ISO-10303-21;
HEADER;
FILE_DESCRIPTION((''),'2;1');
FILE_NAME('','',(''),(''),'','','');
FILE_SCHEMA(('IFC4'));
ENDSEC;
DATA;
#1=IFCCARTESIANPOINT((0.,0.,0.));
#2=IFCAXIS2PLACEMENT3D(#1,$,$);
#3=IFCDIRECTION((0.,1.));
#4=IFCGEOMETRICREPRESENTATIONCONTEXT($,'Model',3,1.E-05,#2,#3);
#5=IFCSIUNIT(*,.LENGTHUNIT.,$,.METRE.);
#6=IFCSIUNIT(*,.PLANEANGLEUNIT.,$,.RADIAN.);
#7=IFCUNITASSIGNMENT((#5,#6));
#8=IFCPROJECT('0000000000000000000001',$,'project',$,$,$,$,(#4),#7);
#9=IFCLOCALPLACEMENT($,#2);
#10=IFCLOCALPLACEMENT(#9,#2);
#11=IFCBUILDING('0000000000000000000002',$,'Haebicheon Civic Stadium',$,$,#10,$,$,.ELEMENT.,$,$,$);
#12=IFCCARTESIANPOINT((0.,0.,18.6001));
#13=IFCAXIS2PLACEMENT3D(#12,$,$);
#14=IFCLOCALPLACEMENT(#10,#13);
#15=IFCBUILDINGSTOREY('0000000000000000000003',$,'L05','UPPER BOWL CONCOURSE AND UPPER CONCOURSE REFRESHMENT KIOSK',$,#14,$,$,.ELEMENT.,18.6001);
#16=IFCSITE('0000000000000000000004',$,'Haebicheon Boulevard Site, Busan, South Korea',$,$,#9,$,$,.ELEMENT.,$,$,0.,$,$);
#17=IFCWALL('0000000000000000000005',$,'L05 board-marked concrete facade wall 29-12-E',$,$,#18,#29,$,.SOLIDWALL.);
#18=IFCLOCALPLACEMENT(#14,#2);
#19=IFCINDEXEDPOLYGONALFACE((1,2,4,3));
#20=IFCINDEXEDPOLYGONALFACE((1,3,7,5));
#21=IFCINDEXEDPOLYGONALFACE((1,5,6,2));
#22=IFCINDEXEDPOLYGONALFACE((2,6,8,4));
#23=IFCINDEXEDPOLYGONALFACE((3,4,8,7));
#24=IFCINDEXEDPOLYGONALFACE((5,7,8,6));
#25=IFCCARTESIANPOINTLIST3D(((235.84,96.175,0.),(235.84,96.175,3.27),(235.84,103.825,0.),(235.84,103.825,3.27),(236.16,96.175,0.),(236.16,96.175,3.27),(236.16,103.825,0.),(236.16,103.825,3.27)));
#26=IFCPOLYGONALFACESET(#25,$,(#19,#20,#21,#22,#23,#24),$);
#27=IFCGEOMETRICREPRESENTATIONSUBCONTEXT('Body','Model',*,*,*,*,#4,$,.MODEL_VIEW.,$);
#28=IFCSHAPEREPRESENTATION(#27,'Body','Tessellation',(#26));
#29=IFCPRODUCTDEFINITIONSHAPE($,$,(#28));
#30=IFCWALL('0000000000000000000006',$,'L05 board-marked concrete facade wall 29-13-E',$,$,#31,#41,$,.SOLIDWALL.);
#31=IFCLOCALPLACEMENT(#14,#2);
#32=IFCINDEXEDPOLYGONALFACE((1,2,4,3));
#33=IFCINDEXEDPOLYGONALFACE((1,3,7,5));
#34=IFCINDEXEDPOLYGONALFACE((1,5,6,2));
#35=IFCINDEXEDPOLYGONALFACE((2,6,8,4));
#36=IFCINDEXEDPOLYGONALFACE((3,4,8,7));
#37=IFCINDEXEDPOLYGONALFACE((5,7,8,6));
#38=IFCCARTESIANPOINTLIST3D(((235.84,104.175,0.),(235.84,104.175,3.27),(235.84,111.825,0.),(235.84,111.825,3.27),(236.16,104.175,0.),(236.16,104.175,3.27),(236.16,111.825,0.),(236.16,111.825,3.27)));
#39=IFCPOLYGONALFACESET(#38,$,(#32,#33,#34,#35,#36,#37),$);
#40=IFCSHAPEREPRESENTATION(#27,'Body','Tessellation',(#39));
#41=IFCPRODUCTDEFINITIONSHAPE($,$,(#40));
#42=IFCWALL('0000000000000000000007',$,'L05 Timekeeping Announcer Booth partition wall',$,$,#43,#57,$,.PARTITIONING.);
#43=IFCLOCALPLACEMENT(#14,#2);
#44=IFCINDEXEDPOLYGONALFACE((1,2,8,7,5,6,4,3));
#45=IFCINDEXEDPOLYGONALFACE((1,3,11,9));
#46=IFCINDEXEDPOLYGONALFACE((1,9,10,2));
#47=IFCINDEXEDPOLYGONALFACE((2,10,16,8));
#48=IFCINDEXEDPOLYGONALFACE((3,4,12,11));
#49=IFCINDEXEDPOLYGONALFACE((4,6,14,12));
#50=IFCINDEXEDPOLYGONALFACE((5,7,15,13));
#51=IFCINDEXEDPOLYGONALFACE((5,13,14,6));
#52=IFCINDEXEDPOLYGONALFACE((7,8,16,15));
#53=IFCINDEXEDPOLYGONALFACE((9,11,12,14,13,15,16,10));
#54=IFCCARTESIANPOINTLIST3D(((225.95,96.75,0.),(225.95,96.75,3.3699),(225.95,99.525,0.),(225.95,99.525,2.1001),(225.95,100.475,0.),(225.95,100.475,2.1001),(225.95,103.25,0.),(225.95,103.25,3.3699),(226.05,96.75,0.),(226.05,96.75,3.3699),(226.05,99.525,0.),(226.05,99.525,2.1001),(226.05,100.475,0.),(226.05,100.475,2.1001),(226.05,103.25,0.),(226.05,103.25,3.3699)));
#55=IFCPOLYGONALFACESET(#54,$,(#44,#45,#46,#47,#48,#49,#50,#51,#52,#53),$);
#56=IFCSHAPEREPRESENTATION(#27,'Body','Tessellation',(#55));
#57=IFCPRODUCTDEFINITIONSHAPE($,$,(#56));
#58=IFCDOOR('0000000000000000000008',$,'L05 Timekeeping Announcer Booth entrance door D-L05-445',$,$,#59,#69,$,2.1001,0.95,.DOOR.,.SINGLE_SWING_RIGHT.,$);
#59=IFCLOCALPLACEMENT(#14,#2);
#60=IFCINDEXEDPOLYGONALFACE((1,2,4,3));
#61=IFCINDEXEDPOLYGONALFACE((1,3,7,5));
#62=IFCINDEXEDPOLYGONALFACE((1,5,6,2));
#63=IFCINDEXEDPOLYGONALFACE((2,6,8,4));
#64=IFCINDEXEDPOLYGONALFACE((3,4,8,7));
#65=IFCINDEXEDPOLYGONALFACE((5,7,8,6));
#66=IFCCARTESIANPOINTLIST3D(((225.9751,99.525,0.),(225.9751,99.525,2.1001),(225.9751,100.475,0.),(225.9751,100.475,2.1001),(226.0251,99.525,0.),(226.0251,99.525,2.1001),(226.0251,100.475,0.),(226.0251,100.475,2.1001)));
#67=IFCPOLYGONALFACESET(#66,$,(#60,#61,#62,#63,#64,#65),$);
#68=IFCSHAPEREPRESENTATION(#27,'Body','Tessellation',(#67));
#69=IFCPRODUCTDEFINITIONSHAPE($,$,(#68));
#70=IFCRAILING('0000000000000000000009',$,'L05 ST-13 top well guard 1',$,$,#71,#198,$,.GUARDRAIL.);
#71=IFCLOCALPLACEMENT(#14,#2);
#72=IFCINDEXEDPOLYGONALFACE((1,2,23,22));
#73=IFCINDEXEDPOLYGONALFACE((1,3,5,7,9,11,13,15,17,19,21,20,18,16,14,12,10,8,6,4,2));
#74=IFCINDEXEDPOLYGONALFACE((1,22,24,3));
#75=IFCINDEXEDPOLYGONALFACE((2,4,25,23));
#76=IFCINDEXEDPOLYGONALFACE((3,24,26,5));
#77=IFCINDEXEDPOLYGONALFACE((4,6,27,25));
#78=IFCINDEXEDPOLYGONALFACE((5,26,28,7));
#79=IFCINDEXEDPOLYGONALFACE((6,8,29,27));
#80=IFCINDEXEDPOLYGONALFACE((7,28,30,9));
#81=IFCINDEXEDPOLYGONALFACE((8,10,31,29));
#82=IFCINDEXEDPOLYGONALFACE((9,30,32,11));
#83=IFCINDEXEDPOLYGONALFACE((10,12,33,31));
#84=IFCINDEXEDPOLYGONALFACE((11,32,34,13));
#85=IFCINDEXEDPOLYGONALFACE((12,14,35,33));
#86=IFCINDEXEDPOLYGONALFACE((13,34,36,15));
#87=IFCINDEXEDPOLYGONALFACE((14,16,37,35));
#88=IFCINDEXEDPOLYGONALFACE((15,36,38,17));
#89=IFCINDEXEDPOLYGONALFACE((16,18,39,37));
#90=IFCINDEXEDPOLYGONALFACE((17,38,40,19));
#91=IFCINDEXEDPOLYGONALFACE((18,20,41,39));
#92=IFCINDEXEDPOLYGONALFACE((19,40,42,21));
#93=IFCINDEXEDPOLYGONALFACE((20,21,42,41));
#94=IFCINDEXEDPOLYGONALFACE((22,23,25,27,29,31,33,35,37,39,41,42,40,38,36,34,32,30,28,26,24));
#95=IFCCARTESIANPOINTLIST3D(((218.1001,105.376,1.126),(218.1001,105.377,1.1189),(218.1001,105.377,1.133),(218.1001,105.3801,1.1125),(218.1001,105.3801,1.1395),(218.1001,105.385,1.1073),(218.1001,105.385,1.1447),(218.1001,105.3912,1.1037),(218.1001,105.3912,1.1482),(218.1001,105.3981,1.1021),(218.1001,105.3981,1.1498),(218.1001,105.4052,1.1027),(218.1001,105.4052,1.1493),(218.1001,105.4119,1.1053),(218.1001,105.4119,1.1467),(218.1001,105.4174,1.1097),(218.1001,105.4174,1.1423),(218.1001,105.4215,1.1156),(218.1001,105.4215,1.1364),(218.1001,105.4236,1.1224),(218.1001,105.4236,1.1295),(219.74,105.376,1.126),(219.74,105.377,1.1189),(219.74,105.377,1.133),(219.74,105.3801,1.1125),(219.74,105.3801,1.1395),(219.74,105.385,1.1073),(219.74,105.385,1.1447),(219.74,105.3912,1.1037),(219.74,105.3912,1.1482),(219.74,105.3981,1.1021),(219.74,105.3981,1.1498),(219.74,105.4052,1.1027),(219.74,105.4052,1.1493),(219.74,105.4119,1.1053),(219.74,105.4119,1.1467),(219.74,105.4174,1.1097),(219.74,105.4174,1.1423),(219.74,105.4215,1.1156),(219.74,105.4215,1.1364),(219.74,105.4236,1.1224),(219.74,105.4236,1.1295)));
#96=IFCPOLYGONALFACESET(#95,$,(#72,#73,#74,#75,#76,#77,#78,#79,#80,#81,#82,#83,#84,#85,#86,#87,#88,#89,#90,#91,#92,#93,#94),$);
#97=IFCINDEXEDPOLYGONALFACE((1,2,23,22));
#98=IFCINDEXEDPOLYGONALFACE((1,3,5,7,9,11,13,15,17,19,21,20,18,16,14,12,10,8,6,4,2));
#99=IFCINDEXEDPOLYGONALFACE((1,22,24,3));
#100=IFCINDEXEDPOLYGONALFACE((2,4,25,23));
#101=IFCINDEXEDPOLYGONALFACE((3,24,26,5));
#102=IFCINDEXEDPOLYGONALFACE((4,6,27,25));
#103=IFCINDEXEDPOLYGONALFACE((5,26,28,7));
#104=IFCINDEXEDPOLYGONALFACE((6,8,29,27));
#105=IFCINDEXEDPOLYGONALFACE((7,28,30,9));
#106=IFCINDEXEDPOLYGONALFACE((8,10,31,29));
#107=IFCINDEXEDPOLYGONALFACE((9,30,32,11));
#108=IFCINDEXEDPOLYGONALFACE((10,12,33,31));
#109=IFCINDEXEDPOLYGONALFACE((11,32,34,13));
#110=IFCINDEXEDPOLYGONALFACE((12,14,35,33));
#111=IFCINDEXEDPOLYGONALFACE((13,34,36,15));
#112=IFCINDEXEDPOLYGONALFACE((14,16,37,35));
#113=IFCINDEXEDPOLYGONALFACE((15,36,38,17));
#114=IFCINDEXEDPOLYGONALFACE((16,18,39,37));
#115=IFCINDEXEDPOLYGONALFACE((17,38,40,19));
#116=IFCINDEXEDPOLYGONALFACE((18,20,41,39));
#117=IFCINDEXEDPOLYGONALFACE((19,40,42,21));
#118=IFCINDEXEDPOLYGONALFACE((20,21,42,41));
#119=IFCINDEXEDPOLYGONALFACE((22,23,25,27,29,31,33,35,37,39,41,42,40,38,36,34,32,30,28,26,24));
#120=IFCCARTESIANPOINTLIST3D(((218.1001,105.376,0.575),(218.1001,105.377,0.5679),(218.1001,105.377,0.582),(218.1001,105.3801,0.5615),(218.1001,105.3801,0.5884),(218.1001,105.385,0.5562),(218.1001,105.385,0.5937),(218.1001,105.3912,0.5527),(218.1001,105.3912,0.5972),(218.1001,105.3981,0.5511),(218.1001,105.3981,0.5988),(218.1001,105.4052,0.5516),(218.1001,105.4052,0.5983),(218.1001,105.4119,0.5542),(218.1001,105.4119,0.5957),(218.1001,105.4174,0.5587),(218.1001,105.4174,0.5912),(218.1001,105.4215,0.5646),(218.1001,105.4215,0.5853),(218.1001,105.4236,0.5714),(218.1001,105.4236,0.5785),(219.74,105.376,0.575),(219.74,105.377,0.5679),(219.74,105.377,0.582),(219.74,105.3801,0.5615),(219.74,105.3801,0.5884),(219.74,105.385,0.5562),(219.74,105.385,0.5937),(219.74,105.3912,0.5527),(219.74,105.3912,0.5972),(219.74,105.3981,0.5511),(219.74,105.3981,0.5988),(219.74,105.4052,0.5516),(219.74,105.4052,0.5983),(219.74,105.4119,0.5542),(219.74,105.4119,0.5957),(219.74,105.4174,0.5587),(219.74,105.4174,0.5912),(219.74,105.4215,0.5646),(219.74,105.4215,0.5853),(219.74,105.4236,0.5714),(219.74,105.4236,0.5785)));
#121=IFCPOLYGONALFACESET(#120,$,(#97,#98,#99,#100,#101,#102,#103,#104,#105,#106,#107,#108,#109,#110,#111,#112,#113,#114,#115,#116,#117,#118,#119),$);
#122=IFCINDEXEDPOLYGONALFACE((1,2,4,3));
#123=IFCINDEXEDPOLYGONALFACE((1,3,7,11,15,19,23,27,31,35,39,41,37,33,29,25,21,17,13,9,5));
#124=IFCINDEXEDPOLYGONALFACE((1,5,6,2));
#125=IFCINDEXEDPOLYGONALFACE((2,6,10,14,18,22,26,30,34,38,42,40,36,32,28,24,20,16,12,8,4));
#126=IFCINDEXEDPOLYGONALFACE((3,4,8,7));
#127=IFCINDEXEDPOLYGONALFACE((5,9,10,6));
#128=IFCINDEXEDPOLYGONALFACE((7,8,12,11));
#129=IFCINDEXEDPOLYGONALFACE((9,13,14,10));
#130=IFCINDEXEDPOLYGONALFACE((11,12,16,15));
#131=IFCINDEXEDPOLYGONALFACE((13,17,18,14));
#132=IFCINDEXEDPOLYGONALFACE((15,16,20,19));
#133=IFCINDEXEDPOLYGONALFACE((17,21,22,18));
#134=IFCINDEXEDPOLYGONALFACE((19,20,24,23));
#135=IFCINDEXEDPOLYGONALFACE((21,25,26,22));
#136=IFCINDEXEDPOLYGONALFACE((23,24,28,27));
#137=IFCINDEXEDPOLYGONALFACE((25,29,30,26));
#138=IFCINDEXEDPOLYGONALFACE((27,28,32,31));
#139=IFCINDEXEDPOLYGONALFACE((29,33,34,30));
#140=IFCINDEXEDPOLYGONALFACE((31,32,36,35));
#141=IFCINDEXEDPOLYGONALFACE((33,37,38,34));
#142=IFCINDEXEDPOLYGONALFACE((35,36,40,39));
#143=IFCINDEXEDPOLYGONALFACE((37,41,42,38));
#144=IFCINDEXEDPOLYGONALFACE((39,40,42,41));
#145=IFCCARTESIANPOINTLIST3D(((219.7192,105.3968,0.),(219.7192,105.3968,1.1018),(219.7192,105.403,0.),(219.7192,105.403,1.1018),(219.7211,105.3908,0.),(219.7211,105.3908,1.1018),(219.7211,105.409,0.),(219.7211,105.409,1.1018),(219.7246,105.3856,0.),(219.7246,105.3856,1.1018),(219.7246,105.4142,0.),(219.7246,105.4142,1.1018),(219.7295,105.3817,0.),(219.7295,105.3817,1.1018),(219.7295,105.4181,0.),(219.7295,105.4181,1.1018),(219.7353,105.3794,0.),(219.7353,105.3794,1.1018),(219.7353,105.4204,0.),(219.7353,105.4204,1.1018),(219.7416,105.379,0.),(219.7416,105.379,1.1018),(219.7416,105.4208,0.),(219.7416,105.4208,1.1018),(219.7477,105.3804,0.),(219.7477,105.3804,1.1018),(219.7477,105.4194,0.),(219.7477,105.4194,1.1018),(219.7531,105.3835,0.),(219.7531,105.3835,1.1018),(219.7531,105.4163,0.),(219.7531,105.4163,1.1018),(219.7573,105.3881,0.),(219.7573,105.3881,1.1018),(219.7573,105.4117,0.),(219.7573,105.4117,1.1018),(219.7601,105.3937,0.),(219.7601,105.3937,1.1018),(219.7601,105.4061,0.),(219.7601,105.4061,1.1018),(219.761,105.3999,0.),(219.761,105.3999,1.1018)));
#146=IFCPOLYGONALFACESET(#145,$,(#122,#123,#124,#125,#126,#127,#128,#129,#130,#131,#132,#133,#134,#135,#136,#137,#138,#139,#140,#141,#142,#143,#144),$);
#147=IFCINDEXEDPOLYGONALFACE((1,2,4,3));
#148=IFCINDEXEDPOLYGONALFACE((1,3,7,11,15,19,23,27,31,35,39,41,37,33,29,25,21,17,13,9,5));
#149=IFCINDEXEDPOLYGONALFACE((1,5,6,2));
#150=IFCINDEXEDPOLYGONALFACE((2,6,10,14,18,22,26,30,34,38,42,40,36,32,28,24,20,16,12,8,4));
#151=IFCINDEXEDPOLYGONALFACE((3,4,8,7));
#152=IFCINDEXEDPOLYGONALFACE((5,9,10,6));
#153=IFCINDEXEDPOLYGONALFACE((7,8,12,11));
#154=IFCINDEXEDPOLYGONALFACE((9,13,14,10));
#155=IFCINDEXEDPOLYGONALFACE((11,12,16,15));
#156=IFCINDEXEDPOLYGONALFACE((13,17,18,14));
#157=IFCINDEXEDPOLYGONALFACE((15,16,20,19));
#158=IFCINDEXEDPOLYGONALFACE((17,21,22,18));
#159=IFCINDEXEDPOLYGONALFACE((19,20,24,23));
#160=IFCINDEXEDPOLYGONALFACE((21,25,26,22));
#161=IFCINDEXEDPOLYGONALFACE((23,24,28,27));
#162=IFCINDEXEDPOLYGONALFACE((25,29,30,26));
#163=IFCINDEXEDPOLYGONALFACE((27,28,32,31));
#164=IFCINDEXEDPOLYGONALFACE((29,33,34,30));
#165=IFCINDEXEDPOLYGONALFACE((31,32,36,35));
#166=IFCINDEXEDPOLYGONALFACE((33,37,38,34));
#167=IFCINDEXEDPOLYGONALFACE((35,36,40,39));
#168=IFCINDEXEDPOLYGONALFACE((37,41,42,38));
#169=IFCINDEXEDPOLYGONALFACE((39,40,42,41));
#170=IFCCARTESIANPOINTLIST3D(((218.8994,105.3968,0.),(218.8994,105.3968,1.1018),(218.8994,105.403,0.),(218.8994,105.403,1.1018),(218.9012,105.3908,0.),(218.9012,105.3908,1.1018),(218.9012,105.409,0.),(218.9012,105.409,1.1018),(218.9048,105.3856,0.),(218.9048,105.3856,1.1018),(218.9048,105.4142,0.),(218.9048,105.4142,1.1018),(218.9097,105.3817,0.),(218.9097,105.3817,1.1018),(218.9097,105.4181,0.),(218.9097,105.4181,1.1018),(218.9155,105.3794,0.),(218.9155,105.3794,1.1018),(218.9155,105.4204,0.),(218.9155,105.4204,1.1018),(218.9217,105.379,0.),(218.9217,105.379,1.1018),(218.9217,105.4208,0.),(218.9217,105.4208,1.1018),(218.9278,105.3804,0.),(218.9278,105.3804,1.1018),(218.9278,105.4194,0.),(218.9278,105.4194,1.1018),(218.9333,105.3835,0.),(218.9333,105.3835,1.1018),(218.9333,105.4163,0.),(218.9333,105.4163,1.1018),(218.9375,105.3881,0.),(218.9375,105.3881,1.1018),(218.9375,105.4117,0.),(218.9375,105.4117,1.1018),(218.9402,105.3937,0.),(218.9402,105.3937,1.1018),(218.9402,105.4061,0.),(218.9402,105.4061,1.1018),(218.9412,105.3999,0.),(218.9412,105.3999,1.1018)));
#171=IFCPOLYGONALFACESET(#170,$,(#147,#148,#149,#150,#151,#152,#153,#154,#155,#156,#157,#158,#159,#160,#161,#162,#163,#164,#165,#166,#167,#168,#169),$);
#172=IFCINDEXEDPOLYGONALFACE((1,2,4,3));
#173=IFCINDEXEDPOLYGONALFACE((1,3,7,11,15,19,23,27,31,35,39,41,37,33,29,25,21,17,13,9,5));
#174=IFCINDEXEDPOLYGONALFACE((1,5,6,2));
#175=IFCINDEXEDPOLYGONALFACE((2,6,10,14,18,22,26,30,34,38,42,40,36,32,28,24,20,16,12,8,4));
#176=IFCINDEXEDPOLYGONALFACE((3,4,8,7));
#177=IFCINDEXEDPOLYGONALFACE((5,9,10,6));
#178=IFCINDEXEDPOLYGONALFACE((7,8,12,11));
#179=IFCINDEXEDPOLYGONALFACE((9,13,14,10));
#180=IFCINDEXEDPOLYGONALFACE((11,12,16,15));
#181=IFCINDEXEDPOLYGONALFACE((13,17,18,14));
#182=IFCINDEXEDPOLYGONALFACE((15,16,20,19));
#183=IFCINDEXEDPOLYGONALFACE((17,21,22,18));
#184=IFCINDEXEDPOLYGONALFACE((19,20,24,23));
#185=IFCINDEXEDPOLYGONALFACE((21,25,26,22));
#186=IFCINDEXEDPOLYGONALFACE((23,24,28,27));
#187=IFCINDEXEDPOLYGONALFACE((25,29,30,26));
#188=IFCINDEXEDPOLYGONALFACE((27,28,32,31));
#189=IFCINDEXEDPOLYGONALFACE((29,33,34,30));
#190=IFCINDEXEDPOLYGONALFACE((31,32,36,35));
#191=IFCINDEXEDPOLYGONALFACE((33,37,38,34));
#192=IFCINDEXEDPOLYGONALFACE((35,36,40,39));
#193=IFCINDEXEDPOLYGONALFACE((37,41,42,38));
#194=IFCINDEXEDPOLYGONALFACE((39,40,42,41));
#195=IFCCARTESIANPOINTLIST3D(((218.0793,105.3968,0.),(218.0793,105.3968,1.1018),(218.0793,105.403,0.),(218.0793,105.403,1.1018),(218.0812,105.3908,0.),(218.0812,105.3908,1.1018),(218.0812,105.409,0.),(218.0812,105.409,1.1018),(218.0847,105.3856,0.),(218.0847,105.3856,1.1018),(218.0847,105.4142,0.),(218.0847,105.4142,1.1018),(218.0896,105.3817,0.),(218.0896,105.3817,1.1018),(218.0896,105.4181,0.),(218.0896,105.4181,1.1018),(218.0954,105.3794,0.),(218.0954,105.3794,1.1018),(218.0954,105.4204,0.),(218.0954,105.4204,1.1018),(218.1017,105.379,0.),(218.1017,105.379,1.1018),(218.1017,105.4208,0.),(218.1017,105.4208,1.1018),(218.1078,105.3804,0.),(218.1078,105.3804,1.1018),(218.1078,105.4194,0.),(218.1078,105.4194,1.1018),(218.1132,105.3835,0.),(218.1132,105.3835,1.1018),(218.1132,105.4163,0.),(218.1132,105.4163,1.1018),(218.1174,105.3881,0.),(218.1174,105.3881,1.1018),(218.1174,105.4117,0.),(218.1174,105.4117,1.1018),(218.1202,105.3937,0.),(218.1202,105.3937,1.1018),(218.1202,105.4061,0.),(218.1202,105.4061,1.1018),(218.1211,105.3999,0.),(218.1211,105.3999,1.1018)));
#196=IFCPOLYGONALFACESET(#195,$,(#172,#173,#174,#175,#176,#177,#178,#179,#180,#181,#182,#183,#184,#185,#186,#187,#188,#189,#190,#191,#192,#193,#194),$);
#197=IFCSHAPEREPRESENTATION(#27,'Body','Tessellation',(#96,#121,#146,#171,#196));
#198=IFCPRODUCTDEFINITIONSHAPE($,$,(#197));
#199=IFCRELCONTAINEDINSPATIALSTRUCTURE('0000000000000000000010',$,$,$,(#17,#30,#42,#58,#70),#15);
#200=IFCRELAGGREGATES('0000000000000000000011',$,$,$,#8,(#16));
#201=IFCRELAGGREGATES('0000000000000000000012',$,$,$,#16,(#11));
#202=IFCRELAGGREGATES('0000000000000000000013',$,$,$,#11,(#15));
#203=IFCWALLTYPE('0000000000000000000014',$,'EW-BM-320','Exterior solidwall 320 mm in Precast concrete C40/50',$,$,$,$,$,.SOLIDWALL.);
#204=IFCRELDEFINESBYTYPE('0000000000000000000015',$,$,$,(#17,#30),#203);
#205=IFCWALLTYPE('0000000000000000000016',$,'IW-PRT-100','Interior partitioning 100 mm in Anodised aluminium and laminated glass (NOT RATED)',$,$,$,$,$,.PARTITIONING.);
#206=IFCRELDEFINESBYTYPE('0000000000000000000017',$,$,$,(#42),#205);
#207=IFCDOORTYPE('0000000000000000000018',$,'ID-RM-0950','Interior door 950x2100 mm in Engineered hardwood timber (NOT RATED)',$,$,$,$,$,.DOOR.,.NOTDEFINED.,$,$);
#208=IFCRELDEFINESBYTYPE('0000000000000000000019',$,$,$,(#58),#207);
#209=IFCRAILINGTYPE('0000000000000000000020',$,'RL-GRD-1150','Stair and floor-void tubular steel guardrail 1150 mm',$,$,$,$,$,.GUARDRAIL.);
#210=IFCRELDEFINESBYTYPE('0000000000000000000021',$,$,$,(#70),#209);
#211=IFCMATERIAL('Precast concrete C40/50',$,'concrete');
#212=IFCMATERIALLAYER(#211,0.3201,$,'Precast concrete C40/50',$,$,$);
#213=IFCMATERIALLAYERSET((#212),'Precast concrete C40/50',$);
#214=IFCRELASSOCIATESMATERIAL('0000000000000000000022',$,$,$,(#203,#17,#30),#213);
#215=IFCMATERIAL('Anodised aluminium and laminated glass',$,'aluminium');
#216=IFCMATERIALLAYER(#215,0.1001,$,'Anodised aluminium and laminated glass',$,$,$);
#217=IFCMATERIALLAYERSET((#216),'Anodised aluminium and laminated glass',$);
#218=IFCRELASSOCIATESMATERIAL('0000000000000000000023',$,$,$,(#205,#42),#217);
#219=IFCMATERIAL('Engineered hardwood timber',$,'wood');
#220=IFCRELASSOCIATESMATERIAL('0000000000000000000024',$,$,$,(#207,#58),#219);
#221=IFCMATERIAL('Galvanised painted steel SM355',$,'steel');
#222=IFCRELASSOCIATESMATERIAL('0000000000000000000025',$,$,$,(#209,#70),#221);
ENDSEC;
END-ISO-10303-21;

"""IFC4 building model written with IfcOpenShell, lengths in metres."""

from ifc_helpers import new_model, si_unit, direction, frame, frame_2d, origin, origin_2d, place, context, subcontext, project, spatial, rectangle, circle, extrude, material, layer, layer_set, type_object, element, fill, save


model = new_model("IFC4")

# Units and contexts
model_context = context("Model", 3, precision=1e-05, world=origin(), true_north=direction((0.0, 1.0)))
body_context = subcontext(model_context, "Body", "Model", "MODEL_VIEW")
ifc_project = project(units=[si_unit("LENGTHUNIT", "METRE"), si_unit("PLANEANGLEUNIT", "RADIAN")], contexts=[model_context])

# Site, building, storey
site_placement = place(None, origin())
site = spatial("IfcSite", under=ifc_project, at=site_placement, Name="Haebicheon Boulevard Site, Busan, South Korea", CompositionType="ELEMENT", RefElevation=0.0)
building_placement = place(site_placement, origin())
building = spatial("IfcBuilding", under=site, at=building_placement, Name="Haebicheon Civic Stadium", CompositionType="ELEMENT")
storey_placement = place(building_placement, frame((0.0, 0.0, 18.6001)))
storey = spatial("IfcBuildingStorey", under=building, at=storey_placement, Name="L05", Description="UPPER BOWL CONCOURSE AND UPPER CONCOURSE REFRESHMENT KIOSK", CompositionType="ELEMENT", Elevation=18.6001)

# Walls
ifc_material_1 = material(Name="Precast concrete C40/50", Category="concrete")
ifc_layer_1 = layer(ifc_material_1, 0.3201, Name="Precast concrete C40/50")
ifc_layer_set_1 = layer_set([ifc_layer_1], Name="Precast concrete C40/50")
wall_type_1 = type_object("IfcWallType", Name="EW-BM-320", Description="Exterior solidwall 320 mm in Precast concrete C40/50", PredefinedType="SOLIDWALL", material=ifc_layer_set_1)
for number, where, z_axis, x_axis, name in (
    (1, (236.0, 96.175, 0.0), (0.0, 0.0, 1.0), (0.0, 1.0, 0.0), "L05 board-marked concrete facade wall 29-12-E"),
    (2, (236.0, 104.175, 0.0), (0.0, 0.0, 1.0), (0.0, 1.0, 0.0), "L05 board-marked concrete facade wall 29-13-E"),
):
    element("IfcWall", number, at=place(storey_placement, frame(where, z_axis=z_axis, x_axis=x_axis)), inside=storey, type_object=wall_type_1, material=ifc_layer_set_1, Name=name, PredefinedType="SOLIDWALL", context=body_context, shape_type="SweptSolid", body=[
        extrude(rectangle(XDim=7.6499, YDim=0.3201, at=frame_2d((3.825, 0.0))), origin(), (0.0, 0.0, 1.0), 3.27),
    ])

# Wall, opening, door
ifc_material_2 = material(Name="Anodised aluminium and laminated glass", Category="aluminium")
ifc_layer_2 = layer(ifc_material_2, 0.1001, Name="Anodised aluminium and laminated glass")
ifc_layer_set_2 = layer_set([ifc_layer_2], Name="Anodised aluminium and laminated glass")
wall_type_2 = type_object("IfcWallType", Name="IW-PRT-100", Description="Interior partitioning 100 mm in Anodised aluminium and laminated glass (NOT RATED)", PredefinedType="PARTITIONING", material=ifc_layer_set_2)
wall_1_placement = place(storey_placement, frame((226.0, 96.75, 0.0), z_axis=(0.0, 0.0, 1.0), x_axis=(0.0, 1.0, 0.0)))
wall_1 = element("IfcWall", 3, at=wall_1_placement, inside=storey, type_object=wall_type_2, material=ifc_layer_set_2, Name="L05 Timekeeping Announcer Booth partition wall", PredefinedType="PARTITIONING", context=body_context, shape_type="SweptSolid", body=[
    extrude(rectangle(XDim=6.5, YDim=0.1001, at=frame_2d((3.25, 0.0))), origin(), (0.0, 0.0, 1.0), 3.3699),
])
opening_1_placement = place(wall_1_placement, frame((2.7749, 0.0, 0.0)))
opening_1 = element("IfcOpeningElement", 4, at=opening_1_placement, cuts=wall_1, PredefinedType="OPENING", context=body_context, shape_type="SweptSolid", body=[
    extrude(rectangle(XDim=0.95, YDim=2.1001, at=frame_2d((0.4751, 1.05))), frame((0.0, 0.0601, 0.0), z_axis=(0.0, -1.0, 0.0), x_axis=(1.0, 0.0, 0.0)), (0.0, 0.0, 1.0), 0.1201),
])
ifc_material_3 = material(Name="Engineered hardwood timber", Category="wood")
door_type_1 = type_object("IfcDoorType", Name="ID-RM-0950", Description="Interior door 950x2100 mm in Engineered hardwood timber (NOT RATED)", OperationType="NOTDEFINED", PredefinedType="DOOR", material=ifc_material_3)
door_1_placement = place(opening_1_placement, origin())
door_1 = element("IfcDoor", 5, at=door_1_placement, inside=storey, type_object=door_type_1, material=ifc_material_3, Name="L05 Timekeeping Announcer Booth entrance door D-L05-445", OperationType="SINGLE_SWING_RIGHT", OverallHeight=2.1001, OverallWidth=0.95, PredefinedType="DOOR", context=body_context, shape_type="SweptSolid", body=[
    extrude(rectangle(XDim=0.95, YDim=2.1001, at=frame_2d((0.4751, 1.05))), frame((0.0, 0.0249, 0.0), z_axis=(0.0, -1.0, 0.0), x_axis=(1.0, 0.0, 0.0)), (0.0, 0.0, 1.0), 0.05),
])
fill(opening_1, door_1)

# Railing
ifc_material_4 = material(Name="Galvanised painted steel SM355", Category="steel")
railing_type = type_object("IfcRailingType", Name="RL-GRD-1150", Description="Stair and floor-void tubular steel guardrail 1150 mm", PredefinedType="GUARDRAIL", material=ifc_material_4)
railing_placement = place(storey_placement, frame((219.74, 105.3999, 0.0)))
element("IfcRailing", 6, at=railing_placement, inside=storey, type_object=railing_type, material=ifc_material_4, Name="L05 ST-13 top well guard 1", PredefinedType="GUARDRAIL", context=body_context, shape_type="SweptSolid", body=[
    extrude(circle(Radius=0.0239, at=origin_2d()), frame((0.0, 0.0, 1.126), z_axis=(-1.0, 0.0, 0.0), x_axis=(0.0, -1.0, 0.0)), (0.0, 0.0, 1.0), 1.6399),
    extrude(circle(Radius=0.0239, at=origin_2d()), frame((0.0, 0.0, 0.575), z_axis=(-1.0, 0.0, 0.0), x_axis=(0.0, -1.0, 0.0)), (0.0, 0.0, 1.0), 1.6399),
    extrude(circle(Radius=0.021, at=origin_2d()), origin(), (0.0, 0.0, 1.0), 1.1018),
    extrude(circle(Radius=0.021, at=origin_2d()), frame((-0.8198, 0.0, 0.0)), (0.0, 0.0, 1.0), 1.1018),
    extrude(circle(Radius=0.021, at=origin_2d()), frame((-1.6399, 0.0, 0.0)), (0.0, 0.0, 1.0), 1.1018),
])

save(model, "model.ifc")
